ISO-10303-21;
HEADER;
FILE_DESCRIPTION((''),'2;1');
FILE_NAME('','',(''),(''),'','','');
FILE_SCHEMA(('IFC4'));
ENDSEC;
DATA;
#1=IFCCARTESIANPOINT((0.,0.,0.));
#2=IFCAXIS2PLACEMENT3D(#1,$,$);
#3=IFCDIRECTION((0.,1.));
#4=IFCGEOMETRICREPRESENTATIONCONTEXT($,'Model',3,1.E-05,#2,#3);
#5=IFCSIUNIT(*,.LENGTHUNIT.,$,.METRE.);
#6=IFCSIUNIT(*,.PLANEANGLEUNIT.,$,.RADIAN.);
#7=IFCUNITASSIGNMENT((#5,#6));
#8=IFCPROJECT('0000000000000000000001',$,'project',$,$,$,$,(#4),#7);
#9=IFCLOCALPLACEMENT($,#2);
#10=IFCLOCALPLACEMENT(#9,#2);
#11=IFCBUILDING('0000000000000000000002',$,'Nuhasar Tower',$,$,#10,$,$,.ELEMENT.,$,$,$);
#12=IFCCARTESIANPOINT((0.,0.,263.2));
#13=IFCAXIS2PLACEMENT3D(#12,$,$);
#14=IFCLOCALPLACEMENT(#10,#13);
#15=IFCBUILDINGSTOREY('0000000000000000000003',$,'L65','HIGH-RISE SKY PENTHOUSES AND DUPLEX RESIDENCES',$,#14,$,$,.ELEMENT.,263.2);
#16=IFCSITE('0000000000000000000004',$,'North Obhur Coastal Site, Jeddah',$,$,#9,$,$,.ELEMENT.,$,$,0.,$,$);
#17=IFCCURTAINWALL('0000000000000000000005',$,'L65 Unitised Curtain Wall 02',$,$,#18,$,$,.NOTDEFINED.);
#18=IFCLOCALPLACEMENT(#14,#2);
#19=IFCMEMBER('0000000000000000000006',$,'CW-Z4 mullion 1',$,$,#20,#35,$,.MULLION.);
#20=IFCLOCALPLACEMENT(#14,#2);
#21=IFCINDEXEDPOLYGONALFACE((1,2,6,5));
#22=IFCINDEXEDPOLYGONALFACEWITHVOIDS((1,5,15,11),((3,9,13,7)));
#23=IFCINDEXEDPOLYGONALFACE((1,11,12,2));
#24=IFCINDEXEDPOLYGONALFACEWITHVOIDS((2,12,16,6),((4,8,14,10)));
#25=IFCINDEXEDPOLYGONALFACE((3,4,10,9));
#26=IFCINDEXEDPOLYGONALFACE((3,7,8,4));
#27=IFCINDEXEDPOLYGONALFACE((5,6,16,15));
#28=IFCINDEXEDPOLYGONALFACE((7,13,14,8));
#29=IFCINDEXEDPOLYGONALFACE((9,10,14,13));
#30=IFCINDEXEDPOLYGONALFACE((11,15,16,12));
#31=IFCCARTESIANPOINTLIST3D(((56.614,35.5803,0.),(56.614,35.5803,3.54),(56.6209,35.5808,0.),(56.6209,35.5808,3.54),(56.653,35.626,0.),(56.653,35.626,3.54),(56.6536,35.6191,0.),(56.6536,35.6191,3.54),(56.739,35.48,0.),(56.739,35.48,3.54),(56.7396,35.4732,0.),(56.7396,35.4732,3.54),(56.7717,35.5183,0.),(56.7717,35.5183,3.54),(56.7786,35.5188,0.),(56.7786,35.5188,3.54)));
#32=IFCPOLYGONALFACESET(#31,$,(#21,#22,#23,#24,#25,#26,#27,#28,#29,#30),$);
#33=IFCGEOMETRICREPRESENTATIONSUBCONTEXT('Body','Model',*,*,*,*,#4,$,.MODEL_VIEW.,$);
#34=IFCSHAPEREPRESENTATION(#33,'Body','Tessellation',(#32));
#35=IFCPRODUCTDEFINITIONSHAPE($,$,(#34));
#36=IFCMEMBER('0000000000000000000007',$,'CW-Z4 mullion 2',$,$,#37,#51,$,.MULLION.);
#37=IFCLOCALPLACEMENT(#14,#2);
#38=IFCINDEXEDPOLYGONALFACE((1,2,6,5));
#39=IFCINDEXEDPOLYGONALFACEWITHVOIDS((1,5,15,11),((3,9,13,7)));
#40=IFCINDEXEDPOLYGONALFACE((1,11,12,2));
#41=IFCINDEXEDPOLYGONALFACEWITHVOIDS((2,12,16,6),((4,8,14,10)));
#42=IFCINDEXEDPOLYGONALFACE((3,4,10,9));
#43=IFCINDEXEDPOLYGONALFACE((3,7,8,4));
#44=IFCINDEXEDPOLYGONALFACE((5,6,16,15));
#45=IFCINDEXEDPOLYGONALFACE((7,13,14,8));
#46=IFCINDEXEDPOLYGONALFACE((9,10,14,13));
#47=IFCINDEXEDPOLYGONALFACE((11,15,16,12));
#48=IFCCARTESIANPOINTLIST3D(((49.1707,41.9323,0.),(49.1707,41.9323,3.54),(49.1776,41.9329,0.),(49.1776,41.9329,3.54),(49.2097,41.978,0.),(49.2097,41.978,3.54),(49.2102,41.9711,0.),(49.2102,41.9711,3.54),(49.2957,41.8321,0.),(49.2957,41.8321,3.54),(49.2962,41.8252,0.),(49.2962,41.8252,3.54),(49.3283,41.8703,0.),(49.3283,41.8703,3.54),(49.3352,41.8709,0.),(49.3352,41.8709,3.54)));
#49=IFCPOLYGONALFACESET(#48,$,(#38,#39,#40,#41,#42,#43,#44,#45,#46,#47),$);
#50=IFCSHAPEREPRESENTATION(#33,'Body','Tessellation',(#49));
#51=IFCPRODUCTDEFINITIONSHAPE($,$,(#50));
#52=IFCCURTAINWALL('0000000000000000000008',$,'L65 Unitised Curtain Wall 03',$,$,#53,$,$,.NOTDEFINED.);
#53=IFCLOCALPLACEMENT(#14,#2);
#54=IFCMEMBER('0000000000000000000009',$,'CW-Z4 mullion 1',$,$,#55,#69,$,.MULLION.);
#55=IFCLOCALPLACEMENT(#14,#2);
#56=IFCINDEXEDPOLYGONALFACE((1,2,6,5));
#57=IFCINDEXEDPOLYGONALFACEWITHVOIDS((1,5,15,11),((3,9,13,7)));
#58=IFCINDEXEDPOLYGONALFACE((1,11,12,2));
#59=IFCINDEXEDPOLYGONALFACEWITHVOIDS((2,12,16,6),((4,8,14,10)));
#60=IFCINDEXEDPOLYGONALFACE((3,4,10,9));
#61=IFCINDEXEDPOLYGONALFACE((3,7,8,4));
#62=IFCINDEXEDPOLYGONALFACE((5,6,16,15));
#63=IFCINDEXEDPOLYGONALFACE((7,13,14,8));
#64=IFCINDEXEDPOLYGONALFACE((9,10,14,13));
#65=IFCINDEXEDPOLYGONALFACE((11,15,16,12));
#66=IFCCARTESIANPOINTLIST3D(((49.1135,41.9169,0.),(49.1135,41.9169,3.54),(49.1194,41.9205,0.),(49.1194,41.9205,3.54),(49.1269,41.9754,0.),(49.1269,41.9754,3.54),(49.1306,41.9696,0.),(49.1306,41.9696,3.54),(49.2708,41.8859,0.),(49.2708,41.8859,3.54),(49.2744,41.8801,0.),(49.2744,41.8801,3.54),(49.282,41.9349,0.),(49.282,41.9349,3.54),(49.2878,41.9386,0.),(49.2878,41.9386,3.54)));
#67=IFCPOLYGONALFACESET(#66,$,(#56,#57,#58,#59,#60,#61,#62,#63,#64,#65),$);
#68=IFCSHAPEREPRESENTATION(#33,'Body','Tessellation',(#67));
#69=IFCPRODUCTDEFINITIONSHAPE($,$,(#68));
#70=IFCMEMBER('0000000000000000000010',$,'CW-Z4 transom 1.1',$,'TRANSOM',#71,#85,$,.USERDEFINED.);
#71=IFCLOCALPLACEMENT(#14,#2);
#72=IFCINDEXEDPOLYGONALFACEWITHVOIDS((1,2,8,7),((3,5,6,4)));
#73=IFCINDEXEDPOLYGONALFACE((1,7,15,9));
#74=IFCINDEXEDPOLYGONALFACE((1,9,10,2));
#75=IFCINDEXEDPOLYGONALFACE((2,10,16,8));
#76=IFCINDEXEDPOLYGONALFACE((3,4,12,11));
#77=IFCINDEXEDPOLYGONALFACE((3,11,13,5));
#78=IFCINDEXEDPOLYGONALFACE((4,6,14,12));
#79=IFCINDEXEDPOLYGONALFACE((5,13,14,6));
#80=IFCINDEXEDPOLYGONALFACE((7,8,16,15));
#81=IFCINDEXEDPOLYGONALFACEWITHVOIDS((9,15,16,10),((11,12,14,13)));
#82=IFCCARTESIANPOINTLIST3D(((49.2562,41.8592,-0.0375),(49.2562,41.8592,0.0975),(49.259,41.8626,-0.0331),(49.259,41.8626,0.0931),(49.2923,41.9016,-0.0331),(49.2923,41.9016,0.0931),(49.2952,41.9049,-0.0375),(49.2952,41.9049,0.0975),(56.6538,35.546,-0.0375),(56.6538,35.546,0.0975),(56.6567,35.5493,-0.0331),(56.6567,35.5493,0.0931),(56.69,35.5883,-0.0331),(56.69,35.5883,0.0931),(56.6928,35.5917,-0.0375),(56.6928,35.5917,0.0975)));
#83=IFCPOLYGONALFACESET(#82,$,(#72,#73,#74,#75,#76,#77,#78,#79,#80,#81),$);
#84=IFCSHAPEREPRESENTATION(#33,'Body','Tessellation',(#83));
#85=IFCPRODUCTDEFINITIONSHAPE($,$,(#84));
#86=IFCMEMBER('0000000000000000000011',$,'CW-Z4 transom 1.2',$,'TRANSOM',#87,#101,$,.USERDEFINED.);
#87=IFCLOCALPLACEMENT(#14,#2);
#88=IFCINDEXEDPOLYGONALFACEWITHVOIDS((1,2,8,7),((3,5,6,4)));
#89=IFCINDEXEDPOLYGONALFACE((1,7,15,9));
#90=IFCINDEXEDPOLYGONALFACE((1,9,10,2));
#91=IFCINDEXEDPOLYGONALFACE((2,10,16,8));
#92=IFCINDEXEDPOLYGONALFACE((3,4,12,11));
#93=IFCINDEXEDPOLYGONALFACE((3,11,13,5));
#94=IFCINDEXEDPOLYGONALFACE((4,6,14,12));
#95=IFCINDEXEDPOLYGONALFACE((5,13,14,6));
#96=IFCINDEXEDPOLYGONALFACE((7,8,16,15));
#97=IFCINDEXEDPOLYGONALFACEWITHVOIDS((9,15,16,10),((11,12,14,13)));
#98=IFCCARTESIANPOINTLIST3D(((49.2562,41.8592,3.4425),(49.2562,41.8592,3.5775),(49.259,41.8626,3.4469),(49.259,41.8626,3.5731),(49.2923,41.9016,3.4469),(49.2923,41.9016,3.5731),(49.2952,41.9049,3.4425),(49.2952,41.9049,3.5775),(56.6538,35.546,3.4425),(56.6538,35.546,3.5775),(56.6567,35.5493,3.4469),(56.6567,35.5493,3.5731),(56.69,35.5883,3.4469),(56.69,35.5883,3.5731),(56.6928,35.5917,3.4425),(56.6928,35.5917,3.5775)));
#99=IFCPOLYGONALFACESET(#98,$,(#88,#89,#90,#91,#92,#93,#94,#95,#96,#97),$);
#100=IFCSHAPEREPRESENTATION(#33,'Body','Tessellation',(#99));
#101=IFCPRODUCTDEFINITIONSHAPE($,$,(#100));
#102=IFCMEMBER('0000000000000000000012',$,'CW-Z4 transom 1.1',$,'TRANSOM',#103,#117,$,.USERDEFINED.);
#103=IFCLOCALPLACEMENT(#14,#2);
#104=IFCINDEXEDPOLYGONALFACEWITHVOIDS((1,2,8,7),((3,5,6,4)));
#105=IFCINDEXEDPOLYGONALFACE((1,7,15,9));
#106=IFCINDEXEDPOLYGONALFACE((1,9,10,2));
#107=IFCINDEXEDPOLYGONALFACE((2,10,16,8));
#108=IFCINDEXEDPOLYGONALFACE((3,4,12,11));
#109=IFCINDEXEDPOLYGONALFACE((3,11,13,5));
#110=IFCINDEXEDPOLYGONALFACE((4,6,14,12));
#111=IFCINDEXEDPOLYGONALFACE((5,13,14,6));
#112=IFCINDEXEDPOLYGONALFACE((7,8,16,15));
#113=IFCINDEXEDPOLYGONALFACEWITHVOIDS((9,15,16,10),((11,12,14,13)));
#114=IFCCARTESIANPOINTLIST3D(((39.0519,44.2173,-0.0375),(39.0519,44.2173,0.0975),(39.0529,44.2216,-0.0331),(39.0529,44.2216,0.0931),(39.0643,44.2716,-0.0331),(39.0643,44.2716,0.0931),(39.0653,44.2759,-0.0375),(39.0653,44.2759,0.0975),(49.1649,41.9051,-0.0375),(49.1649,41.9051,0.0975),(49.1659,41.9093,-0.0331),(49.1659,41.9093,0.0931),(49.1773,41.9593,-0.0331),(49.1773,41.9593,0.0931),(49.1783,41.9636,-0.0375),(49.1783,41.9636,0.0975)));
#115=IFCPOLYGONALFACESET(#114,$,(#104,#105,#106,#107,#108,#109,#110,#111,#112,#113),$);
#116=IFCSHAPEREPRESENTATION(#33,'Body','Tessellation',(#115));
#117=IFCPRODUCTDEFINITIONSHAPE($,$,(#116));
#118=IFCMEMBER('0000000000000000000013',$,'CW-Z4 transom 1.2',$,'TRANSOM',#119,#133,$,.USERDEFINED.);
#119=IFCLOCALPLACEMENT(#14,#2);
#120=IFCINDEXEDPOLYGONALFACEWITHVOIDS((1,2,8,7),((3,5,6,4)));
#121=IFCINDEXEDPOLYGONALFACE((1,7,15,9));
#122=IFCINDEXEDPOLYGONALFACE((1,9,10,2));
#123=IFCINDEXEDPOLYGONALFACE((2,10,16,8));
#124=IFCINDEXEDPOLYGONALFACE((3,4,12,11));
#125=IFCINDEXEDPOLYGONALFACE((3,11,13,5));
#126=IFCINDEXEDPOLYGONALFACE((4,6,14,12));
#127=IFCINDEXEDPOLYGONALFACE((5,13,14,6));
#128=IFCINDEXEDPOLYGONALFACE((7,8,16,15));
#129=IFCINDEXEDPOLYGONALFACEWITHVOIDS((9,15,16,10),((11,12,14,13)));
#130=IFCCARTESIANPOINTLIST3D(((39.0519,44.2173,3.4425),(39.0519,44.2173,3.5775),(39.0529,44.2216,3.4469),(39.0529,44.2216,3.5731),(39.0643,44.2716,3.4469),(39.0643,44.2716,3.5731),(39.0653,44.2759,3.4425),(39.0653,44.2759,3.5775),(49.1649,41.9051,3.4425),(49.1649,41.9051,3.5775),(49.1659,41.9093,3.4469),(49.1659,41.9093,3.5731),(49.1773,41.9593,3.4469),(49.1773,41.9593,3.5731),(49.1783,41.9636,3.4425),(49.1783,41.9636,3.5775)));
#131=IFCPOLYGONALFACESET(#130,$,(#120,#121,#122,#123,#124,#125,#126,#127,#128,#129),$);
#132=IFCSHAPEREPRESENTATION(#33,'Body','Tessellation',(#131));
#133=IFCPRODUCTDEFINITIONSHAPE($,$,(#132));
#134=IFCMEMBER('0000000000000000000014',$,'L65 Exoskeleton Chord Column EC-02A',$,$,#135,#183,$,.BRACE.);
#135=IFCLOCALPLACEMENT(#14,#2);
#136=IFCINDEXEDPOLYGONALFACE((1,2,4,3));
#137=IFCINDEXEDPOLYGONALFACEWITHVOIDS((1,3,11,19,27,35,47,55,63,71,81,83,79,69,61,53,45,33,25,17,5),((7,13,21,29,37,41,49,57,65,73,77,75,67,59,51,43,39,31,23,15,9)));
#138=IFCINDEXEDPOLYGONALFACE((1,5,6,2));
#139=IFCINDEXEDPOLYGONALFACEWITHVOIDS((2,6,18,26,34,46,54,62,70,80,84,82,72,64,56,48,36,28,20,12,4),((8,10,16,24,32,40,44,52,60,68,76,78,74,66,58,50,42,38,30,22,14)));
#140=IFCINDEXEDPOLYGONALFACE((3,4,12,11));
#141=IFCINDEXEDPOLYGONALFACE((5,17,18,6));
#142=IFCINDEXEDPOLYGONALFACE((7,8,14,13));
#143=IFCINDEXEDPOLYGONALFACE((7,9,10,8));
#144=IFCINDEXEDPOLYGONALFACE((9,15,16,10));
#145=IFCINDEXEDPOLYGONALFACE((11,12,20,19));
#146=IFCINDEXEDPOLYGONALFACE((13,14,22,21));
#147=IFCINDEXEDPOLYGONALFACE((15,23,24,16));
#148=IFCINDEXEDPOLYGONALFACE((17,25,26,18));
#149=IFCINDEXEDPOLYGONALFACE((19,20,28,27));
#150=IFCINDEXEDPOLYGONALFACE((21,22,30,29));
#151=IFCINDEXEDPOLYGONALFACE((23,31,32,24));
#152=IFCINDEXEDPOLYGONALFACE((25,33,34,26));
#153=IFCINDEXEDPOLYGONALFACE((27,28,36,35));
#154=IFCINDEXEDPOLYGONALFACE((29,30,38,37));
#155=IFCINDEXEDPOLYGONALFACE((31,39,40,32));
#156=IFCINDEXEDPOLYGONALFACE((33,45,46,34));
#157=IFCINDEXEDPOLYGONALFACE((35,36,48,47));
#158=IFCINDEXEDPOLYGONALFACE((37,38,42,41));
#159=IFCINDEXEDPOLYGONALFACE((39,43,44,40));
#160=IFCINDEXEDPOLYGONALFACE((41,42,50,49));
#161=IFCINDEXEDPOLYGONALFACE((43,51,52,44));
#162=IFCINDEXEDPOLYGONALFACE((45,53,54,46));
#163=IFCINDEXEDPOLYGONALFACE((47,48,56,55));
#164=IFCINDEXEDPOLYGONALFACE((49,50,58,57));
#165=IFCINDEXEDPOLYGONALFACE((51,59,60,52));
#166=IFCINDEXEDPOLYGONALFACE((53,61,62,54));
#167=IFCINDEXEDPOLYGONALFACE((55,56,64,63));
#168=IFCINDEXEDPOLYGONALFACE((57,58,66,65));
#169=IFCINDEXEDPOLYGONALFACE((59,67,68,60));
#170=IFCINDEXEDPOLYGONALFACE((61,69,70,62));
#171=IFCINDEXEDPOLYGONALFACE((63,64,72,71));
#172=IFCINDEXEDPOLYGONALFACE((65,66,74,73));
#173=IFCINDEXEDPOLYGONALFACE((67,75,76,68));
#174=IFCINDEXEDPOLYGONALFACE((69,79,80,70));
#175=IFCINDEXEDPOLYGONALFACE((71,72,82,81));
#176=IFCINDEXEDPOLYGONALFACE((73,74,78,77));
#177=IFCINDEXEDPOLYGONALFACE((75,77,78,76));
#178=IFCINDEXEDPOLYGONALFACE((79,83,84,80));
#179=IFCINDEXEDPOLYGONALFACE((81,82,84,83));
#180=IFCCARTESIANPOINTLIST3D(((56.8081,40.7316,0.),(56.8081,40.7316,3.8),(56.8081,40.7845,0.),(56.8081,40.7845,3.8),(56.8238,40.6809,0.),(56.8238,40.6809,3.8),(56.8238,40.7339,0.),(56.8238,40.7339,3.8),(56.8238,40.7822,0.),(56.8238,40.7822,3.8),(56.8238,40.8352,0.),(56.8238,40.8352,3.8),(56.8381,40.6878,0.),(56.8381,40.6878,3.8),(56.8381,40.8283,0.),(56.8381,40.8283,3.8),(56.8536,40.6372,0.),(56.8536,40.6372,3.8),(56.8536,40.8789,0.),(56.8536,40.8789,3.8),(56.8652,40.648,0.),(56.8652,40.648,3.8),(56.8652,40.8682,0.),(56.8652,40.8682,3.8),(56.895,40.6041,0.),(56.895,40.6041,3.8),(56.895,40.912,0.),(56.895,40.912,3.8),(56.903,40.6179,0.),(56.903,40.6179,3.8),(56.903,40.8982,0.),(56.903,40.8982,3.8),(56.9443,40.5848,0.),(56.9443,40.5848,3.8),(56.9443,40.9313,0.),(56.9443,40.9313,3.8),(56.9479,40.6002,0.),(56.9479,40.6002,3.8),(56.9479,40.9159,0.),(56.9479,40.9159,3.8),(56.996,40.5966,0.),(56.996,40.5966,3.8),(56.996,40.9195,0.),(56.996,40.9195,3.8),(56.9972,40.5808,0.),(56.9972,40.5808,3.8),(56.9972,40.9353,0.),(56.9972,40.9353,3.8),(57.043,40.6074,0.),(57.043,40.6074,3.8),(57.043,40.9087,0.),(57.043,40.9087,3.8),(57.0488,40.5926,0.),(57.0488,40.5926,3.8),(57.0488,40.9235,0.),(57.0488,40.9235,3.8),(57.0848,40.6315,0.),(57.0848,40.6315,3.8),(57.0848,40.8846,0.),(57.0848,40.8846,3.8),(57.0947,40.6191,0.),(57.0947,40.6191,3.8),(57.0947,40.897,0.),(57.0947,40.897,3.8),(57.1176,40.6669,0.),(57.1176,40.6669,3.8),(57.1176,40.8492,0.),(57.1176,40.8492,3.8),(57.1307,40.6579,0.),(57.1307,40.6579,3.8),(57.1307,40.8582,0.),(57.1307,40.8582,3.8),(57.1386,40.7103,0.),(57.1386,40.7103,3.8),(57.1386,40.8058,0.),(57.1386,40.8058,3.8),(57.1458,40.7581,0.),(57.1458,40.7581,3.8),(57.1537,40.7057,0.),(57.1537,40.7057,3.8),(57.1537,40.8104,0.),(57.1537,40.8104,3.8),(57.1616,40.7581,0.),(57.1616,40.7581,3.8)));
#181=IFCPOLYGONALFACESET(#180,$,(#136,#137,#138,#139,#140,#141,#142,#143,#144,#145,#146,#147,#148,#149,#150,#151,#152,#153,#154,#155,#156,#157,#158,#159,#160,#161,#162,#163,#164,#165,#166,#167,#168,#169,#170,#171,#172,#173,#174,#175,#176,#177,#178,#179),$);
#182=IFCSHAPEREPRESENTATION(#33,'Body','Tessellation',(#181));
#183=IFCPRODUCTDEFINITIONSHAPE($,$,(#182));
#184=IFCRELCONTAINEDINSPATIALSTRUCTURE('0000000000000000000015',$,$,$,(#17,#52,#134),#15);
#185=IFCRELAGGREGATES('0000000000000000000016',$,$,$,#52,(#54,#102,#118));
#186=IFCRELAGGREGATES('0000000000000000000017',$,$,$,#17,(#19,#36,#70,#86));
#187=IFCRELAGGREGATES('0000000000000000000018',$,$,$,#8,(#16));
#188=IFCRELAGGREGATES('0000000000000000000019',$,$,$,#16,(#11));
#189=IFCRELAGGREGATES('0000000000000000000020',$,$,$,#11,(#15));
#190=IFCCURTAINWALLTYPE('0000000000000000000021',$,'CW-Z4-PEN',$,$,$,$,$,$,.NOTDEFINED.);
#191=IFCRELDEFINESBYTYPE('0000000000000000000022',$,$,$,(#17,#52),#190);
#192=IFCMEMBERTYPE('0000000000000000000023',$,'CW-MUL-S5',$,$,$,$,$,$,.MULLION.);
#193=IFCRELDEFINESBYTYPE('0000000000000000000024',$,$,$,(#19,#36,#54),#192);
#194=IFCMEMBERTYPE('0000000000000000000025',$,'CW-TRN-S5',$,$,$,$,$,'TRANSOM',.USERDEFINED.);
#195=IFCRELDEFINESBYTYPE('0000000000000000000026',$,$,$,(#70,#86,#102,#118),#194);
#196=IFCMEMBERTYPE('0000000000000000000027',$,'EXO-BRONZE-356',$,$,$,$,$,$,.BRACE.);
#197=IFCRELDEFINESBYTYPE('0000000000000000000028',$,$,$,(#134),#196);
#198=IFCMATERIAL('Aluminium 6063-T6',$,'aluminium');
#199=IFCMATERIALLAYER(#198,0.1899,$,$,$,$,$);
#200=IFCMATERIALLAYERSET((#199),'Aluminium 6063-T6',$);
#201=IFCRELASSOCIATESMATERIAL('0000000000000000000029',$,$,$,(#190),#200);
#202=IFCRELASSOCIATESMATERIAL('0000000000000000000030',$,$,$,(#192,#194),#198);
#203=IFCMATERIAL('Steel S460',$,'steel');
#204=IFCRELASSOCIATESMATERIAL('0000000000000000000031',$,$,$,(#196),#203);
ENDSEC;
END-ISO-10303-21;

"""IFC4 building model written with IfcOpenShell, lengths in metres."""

from ifc_helpers import new_model, si_unit, direction, frame, origin, origin_2d, place, context, subcontext, project, spatial, hollow_rectangle, hollow_circle, extrude, material, layer, layer_set, material_profile, profile_set, type_object, element, aggregate, save


model = new_model("IFC4")

# Units and contexts
model_context = context("Model", 3, precision=1e-05, world=origin(), true_north=direction((0.0, 1.0)))
body_context = subcontext(model_context, "Body", "Model", "MODEL_VIEW")
ifc_project = project(units=[si_unit("LENGTHUNIT", "METRE"), si_unit("PLANEANGLEUNIT", "RADIAN")], contexts=[model_context])

# Site, building, storey
site_placement = place(None, origin())
site = spatial("IfcSite", under=ifc_project, at=site_placement, Name="North Obhur Coastal Site, Jeddah", CompositionType="ELEMENT", RefElevation=0.0)
building_placement = place(site_placement, origin())
building = spatial("IfcBuilding", under=site, at=building_placement, Name="Nuhasar Tower", CompositionType="ELEMENT")
storey_placement = place(building_placement, frame((0.0, 0.0, 263.2)))
storey = spatial("IfcBuildingStorey", under=building, at=storey_placement, Name="L65", Description="HIGH-RISE SKY PENTHOUSES AND DUPLEX RESIDENCES", CompositionType="ELEMENT", Elevation=263.2)

# Curtain wall, members
ifc_material_1 = material(Name="Aluminium 6063-T6", Category="aluminium")
ifc_layer_1 = layer(ifc_material_1, 0.1899)
ifc_layer_set_1 = layer_set([ifc_layer_1], Name="Aluminium 6063-T6")
curtain_wall_type = type_object("IfcCurtainWallType", Name="CW-Z4-PEN", PredefinedType="NOTDEFINED", material=ifc_layer_set_1)
curtain_wall_1_placement = place(storey_placement, origin())
curtain_wall_1 = element("IfcCurtainWall", 1, at=curtain_wall_1_placement, inside=storey, type_object=curtain_wall_type, Name="L65 Unitised Curtain Wall 02", PredefinedType="NOTDEFINED")
ifc_material_profile_1 = material_profile(ifc_material_1, hollow_rectangle(XDim=0.0601, YDim=0.165, WallThickness=0.0049, at=origin_2d()), Name="CWM-5")
ifc_profile_set_1 = profile_set([ifc_material_profile_1], Name="Aluminium 6063-T6")
member_type_1 = type_object("IfcMemberType", Name="CW-MUL-S5", PredefinedType="MULLION", material=ifc_profile_set_1)
member_1_placement = place(storey_placement, frame((56.6963, 35.5496, 0.0), z_axis=(0.0, 0.0, 1.0), x_axis=(-0.649142, -0.760667, 0.0)))
member_1 = element("IfcMember", 2, at=member_1_placement, type_object=member_type_1, Name="CW-Z4 mullion 1", PredefinedType="MULLION", context=body_context, shape_type="SweptSolid", body=[
    extrude(hollow_rectangle(XDim=0.0601, YDim=0.165, WallThickness=0.0049, at=origin_2d()), origin(), (0.0, 0.0, 1.0), 3.54),
])
member_2_placement = place(storey_placement, frame((49.2529, 41.9016, 0.0), z_axis=(0.0, 0.0, 1.0), x_axis=(-0.649142, -0.760667, 0.0)))
member_2 = element("IfcMember", 3, at=member_2_placement, type_object=member_type_1, Name="CW-Z4 mullion 2", PredefinedType="MULLION", context=body_context, shape_type="SweptSolid", body=[
    extrude(hollow_rectangle(XDim=0.0601, YDim=0.165, WallThickness=0.0049, at=origin_2d()), origin(), (0.0, 0.0, 1.0), 3.54),
])

# Curtain wall, member
curtain_wall_2_placement = place(storey_placement, origin())
curtain_wall_2 = element("IfcCurtainWall", 4, at=curtain_wall_2_placement, inside=storey, type_object=curtain_wall_type, Name="L65 Unitised Curtain Wall 03", PredefinedType="NOTDEFINED")
member_3_placement = place(storey_placement, frame((49.2007, 41.9277, 0.0), z_axis=(0.0, 0.0, 1.0), x_axis=(-0.222889, -0.974844, 0.0)))
member_3 = element("IfcMember", 5, at=member_3_placement, type_object=member_type_1, Name="CW-Z4 mullion 1", PredefinedType="MULLION", context=body_context, shape_type="SweptSolid", body=[
    extrude(hollow_rectangle(XDim=0.0601, YDim=0.165, WallThickness=0.0049, at=origin_2d()), origin(), (0.0, 0.0, 1.0), 3.54),
])

# Members
ifc_material_profile_2 = material_profile(ifc_material_1, hollow_rectangle(XDim=0.0601, YDim=0.135, WallThickness=0.0044, at=origin_2d()), Name="CWT-5")
ifc_profile_set_2 = profile_set([ifc_material_profile_2], Name="Aluminium 6063-T6")
member_type_2 = type_object("IfcMemberType", Name="CW-TRN-S5", ElementType="TRANSOM", PredefinedType="USERDEFINED", material=ifc_profile_set_2)
member_4_placement = place(storey_placement, frame((56.6733, 35.5688, 0.03), z_axis=(-0.76066, 0.64915, 0.0), x_axis=(-0.64915, -0.76066, 0.0)))
member_4 = element("IfcMember", 6, at=member_4_placement, type_object=member_type_2, Name="CW-Z4 transom 1.1", ObjectType="TRANSOM", PredefinedType="USERDEFINED", context=body_context, shape_type="SweptSolid", body=[
    extrude(hollow_rectangle(XDim=0.0601, YDim=0.135, WallThickness=0.0044, at=origin_2d()), origin(), (0.0, 0.0, 1.0), 9.7253),
])
member_5_placement = place(storey_placement, frame((56.6733, 35.5688, 3.51), z_axis=(-0.76066, 0.64915, 0.0), x_axis=(-0.64915, -0.76066, 0.0)))
member_5 = element("IfcMember", 7, at=member_5_placement, type_object=member_type_2, Name="CW-Z4 transom 1.2", ObjectType="TRANSOM", PredefinedType="USERDEFINED", context=body_context, shape_type="SweptSolid", body=[
    extrude(hollow_rectangle(XDim=0.0601, YDim=0.135, WallThickness=0.0044, at=origin_2d()), origin(), (0.0, 0.0, 1.0), 9.7253),
])
member_6_placement = place(storey_placement, frame((49.1716, 41.9343, 0.03), z_axis=(-0.974844, 0.222889, 0.0), x_axis=(-0.222889, -0.974844, 0.0)))
member_6 = element("IfcMember", 8, at=member_6_placement, type_object=member_type_2, Name="CW-Z4 transom 1.1", ObjectType="TRANSOM", PredefinedType="USERDEFINED", context=body_context, shape_type="SweptSolid", body=[
    extrude(hollow_rectangle(XDim=0.0601, YDim=0.135, WallThickness=0.0044, at=origin_2d()), origin(), (0.0, 0.0, 1.0), 10.374),
])
member_7_placement = place(storey_placement, frame((49.1716, 41.9343, 3.51), z_axis=(-0.974844, 0.222889, 0.0), x_axis=(-0.222889, -0.974844, 0.0)))
member_7 = element("IfcMember", 9, at=member_7_placement, type_object=member_type_2, Name="CW-Z4 transom 1.2", ObjectType="TRANSOM", PredefinedType="USERDEFINED", context=body_context, shape_type="SweptSolid", body=[
    extrude(hollow_rectangle(XDim=0.0601, YDim=0.135, WallThickness=0.0044, at=origin_2d()), origin(), (0.0, 0.0, 1.0), 10.374),
])
aggregate(curtain_wall_2, [member_3, member_6, member_7])

# Member
ifc_material_2 = material(Name="Steel S460", Category="steel")
ifc_material_profile_3 = material_profile(ifc_material_2, hollow_circle(Radius=0.1777, WallThickness=0.0159, at=origin_2d()), Name="HSS355.6X15.9")
ifc_profile_set_3 = profile_set([ifc_material_profile_3], Name="Steel S460")
member_type_3 = type_object("IfcMemberType", Name="EXO-BRONZE-356", PredefinedType="BRACE", material=ifc_profile_set_3)
for number, where, z_axis, x_axis, name in (
    (10, (56.9839, 40.7581, 0.0), (0.0, 0.0, 1.0), (1.0, 0.0, 0.0), "L65 Exoskeleton Chord Column EC-02A"),
):
    element("IfcMember", number, at=place(storey_placement, frame(where, z_axis=z_axis, x_axis=x_axis)), inside=storey, type_object=member_type_3, Name=name, PredefinedType="BRACE", context=body_context, shape_type="SweptSolid", body=[
        extrude(hollow_circle(Radius=0.1777, WallThickness=0.0159, at=origin_2d()), origin(), (0.0, 0.0, 1.0), 3.8),
    ])

aggregate(curtain_wall_1, [member_1, member_2, member_4, member_5])

save(model, "model.ifc")
